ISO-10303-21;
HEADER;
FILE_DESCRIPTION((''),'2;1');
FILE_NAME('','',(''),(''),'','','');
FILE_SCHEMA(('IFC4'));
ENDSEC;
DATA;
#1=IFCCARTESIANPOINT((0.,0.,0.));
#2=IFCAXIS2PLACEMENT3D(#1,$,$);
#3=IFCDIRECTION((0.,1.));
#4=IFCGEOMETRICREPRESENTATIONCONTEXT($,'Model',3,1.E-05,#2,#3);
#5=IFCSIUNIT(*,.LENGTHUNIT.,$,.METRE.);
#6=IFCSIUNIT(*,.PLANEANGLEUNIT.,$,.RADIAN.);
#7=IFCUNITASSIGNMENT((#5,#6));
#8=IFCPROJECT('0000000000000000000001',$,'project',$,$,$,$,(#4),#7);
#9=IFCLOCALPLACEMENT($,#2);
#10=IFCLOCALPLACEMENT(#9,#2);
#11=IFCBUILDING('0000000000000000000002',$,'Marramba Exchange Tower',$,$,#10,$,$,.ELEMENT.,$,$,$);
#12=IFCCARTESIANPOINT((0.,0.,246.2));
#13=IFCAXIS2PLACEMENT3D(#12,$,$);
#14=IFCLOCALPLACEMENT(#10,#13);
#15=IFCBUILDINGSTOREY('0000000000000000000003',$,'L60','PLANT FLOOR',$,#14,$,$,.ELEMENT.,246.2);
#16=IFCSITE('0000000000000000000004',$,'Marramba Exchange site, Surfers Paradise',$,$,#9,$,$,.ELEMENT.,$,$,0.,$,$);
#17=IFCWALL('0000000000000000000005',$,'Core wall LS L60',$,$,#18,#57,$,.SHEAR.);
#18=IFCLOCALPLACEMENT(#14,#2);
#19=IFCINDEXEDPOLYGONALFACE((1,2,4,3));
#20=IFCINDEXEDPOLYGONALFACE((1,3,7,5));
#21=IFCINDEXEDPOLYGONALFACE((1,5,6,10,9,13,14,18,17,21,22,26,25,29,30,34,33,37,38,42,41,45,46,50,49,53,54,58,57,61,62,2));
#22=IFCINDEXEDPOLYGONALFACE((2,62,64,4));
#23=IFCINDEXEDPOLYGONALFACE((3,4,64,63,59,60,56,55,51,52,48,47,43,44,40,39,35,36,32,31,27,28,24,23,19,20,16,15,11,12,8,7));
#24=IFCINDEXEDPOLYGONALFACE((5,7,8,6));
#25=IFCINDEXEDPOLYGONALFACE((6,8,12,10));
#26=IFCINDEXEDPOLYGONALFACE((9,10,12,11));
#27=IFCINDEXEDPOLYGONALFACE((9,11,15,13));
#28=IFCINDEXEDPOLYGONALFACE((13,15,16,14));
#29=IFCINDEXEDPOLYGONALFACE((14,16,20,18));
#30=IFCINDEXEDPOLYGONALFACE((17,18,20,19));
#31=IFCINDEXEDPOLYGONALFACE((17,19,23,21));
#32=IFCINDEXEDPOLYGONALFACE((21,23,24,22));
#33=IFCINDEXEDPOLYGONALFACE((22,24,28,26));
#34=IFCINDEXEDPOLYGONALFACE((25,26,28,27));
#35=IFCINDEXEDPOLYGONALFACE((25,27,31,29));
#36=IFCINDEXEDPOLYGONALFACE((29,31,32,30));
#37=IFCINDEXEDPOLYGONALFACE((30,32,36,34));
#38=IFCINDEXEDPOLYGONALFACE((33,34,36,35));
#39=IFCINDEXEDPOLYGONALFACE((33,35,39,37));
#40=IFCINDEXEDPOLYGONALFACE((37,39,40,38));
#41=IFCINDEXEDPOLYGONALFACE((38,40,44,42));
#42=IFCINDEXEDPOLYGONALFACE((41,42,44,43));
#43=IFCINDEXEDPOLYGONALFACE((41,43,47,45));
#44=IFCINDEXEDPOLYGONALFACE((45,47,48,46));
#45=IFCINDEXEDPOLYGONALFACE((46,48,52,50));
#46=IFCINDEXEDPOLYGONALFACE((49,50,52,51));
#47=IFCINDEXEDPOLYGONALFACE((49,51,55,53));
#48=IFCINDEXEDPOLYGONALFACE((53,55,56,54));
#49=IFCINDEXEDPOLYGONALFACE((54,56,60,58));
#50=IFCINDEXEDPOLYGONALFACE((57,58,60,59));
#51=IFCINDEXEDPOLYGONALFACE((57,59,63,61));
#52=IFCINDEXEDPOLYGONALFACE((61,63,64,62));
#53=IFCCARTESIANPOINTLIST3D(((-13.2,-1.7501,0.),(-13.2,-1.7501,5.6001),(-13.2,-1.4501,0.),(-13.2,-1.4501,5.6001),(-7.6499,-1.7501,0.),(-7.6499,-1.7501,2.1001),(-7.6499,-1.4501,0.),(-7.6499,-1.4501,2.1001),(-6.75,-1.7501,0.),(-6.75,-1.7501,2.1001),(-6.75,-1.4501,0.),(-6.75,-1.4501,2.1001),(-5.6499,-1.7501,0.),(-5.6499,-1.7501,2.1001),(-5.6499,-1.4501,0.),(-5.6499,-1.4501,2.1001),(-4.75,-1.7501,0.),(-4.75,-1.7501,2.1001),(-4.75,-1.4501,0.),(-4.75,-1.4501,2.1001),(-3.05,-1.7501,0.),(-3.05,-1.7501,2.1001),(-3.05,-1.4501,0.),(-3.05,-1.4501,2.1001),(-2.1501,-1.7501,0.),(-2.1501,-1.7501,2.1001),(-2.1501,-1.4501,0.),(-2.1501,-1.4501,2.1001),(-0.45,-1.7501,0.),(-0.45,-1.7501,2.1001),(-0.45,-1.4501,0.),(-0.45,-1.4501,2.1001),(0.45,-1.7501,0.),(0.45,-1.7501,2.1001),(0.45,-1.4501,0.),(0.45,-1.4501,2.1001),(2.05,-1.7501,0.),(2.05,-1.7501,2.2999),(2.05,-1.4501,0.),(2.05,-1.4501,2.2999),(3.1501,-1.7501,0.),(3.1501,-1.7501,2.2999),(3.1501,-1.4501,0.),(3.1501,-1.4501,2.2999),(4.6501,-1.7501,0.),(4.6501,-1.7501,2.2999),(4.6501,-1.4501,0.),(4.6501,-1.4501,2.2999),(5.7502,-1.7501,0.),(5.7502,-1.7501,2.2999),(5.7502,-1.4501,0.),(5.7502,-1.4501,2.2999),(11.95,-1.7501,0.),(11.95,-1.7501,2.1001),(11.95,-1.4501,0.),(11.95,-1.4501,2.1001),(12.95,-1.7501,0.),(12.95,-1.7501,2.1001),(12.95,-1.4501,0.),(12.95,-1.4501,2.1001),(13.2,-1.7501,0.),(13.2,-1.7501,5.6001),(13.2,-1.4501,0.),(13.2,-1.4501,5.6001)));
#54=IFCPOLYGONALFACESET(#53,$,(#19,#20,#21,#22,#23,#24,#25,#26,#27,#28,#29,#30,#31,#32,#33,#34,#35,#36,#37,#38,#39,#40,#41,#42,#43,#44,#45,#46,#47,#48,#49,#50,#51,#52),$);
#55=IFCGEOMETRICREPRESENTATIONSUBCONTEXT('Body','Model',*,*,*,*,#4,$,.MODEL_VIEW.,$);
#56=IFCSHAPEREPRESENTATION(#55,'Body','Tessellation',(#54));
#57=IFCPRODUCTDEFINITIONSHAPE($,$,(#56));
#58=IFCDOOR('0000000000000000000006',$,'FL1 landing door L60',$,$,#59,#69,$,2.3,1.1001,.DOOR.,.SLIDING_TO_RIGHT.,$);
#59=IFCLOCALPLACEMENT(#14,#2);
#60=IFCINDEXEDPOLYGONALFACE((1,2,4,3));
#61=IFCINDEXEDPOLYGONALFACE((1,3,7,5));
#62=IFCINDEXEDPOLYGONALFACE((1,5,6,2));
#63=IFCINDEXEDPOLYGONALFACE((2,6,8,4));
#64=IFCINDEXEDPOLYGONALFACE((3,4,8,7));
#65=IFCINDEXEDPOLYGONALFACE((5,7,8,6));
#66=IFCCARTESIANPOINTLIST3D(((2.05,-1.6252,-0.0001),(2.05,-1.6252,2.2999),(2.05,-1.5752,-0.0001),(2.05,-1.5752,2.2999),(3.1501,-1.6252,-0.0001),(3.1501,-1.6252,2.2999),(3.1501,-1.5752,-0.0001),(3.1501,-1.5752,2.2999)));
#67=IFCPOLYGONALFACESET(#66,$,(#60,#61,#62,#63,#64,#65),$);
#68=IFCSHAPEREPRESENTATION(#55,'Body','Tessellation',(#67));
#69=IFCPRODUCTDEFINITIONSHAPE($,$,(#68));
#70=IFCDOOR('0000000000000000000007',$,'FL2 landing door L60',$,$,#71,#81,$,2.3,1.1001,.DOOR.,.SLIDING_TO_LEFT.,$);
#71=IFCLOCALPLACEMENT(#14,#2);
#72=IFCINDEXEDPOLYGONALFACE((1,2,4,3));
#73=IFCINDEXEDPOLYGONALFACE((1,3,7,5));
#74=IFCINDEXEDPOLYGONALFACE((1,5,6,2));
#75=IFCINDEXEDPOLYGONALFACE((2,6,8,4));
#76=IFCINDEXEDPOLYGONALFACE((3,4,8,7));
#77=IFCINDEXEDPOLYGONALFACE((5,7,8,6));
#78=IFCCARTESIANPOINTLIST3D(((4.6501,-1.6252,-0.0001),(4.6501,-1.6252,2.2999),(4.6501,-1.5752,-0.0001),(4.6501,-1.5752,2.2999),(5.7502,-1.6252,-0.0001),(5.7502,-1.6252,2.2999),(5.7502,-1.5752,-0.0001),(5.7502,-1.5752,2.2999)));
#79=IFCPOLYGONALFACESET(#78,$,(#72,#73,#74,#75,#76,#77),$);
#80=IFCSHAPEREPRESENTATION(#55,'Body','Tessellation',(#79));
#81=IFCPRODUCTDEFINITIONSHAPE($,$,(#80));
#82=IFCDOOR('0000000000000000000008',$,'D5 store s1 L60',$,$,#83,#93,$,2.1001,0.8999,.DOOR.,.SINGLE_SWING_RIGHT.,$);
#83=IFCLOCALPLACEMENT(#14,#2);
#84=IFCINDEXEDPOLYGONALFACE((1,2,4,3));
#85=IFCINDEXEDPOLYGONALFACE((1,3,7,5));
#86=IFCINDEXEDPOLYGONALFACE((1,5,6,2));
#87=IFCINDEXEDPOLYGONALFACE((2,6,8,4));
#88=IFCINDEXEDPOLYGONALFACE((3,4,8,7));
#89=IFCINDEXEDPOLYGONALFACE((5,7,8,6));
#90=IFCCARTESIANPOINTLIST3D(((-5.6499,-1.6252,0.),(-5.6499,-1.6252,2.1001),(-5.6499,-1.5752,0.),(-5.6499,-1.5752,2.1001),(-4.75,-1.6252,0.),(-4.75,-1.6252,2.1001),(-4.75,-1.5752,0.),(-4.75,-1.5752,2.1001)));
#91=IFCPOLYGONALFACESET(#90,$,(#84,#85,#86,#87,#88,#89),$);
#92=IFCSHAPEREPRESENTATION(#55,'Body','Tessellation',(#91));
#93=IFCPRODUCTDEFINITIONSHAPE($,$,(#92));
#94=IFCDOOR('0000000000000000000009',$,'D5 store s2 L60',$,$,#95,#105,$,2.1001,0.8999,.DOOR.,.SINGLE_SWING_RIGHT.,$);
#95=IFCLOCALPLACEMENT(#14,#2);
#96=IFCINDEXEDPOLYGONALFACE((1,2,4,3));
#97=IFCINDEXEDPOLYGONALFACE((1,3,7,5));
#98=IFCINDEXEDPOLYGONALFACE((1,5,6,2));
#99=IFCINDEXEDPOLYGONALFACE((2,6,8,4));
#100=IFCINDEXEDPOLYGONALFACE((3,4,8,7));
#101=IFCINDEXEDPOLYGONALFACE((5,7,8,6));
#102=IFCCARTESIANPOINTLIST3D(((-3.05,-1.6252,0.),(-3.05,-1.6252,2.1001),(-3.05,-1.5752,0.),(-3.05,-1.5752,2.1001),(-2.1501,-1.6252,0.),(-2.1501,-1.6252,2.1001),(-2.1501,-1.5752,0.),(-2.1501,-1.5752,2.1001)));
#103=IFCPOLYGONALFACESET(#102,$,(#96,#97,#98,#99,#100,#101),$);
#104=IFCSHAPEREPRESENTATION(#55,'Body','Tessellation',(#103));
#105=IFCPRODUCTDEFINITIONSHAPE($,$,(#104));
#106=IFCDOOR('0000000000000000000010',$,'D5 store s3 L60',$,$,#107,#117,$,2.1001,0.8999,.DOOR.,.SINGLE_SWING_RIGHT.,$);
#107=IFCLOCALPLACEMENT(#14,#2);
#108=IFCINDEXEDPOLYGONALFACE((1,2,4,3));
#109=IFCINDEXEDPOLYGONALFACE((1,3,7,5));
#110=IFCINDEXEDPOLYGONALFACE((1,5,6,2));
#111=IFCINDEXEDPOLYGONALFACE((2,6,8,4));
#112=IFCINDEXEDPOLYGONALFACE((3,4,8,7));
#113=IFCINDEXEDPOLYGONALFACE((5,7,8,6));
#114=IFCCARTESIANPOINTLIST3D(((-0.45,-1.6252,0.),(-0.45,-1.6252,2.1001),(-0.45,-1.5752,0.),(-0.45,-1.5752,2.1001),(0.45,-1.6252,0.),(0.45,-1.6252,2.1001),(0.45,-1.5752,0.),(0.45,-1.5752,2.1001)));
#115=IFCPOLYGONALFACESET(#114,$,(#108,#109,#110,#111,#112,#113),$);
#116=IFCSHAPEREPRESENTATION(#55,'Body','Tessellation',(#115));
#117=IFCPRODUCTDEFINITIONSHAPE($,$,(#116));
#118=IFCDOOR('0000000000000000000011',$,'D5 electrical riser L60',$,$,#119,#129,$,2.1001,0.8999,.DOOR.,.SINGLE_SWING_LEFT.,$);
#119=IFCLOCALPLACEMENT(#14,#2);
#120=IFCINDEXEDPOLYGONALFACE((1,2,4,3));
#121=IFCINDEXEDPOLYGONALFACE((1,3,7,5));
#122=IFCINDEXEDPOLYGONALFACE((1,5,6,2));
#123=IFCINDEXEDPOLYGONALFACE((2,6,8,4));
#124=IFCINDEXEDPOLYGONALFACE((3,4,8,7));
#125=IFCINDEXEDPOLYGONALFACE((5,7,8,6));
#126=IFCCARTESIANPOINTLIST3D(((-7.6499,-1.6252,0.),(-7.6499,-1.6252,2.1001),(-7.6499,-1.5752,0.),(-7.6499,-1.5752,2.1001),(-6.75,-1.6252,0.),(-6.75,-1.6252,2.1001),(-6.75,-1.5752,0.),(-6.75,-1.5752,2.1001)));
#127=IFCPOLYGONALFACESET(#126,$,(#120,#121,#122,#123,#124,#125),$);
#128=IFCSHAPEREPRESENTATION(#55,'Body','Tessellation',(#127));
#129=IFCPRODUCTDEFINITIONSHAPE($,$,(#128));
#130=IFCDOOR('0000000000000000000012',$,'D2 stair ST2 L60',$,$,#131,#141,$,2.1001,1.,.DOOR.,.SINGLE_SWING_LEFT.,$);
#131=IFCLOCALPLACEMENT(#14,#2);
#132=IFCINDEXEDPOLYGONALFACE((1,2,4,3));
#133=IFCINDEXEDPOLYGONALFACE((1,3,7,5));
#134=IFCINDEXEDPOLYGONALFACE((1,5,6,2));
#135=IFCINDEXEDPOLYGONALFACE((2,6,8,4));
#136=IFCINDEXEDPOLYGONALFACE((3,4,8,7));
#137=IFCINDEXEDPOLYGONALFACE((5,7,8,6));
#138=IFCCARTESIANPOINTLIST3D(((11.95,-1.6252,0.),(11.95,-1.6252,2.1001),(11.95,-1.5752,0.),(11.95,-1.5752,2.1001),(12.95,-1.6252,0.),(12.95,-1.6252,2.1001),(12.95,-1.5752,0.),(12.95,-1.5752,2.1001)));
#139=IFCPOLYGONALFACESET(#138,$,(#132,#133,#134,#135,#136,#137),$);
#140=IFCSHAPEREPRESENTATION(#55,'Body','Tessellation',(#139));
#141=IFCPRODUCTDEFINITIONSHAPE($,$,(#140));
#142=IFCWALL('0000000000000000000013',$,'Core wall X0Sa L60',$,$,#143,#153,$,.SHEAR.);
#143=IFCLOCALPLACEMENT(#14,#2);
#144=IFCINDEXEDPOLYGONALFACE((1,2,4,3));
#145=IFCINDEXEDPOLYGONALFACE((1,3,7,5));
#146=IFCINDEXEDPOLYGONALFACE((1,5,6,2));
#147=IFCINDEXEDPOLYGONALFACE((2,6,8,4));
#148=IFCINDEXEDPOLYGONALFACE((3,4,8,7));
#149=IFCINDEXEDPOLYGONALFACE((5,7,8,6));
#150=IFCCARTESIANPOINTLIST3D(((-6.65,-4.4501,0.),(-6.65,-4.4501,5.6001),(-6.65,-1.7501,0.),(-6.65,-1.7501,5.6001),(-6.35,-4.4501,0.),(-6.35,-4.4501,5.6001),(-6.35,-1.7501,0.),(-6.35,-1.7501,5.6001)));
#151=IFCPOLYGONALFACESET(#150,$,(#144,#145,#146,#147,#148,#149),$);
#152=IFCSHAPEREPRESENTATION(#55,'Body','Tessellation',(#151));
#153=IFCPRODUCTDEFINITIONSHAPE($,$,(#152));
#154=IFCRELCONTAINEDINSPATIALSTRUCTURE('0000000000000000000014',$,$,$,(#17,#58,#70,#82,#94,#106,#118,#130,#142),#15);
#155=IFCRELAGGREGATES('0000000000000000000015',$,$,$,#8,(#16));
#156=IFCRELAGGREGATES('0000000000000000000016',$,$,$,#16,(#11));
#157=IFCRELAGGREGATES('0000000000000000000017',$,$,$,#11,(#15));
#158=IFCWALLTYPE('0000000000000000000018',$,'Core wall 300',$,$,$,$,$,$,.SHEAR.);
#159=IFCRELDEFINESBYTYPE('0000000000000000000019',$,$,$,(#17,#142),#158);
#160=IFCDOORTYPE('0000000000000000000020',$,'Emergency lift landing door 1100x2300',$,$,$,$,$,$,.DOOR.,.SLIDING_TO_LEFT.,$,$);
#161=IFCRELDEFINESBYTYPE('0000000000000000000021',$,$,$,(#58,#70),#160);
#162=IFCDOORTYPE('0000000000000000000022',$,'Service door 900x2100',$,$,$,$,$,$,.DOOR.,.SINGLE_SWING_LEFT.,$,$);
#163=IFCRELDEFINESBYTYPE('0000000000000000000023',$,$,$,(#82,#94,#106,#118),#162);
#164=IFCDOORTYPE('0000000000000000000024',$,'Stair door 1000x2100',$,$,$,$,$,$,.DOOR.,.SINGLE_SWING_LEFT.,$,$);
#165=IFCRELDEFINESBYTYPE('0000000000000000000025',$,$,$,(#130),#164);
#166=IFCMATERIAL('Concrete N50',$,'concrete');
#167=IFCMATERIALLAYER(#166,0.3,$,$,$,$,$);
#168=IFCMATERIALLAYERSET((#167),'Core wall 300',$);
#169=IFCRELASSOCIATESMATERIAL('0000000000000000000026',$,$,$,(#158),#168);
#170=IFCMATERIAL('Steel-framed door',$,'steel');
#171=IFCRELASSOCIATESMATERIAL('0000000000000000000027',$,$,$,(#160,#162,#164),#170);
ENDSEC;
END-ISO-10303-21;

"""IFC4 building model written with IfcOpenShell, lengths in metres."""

from ifc_helpers import new_model, si_unit, direction, frame, frame_2d, origin, place, context, subcontext, project, spatial, rectangle, extrude, material, layer, layer_set, type_object, element, fill, save


model = new_model("IFC4")

# Units and contexts
model_context = context("Model", 3, precision=1e-05, world=origin(), true_north=direction((0.0, 1.0)))
body_context = subcontext(model_context, "Body", "Model", "MODEL_VIEW")
ifc_project = project(units=[si_unit("LENGTHUNIT", "METRE"), si_unit("PLANEANGLEUNIT", "RADIAN")], contexts=[model_context])

# Site, building, storey
site_placement = place(None, origin())
site = spatial("IfcSite", under=ifc_project, at=site_placement, Name="Marramba Exchange site, Surfers Paradise", CompositionType="ELEMENT", RefElevation=0.0)
building_placement = place(site_placement, origin())
building = spatial("IfcBuilding", under=site, at=building_placement, Name="Marramba Exchange Tower", CompositionType="ELEMENT")
storey_placement = place(building_placement, frame((0.0, 0.0, 246.2)))
storey = spatial("IfcBuildingStorey", under=building, at=storey_placement, Name="L60", Description="PLANT FLOOR", CompositionType="ELEMENT", Elevation=246.2)

# Shared definitions
ifc_material_1 = material(Name="Concrete N50", Category="concrete")

# Wall, openings, doors
ifc_layer_1 = layer(ifc_material_1, 0.3)
ifc_layer_set_1 = layer_set([ifc_layer_1], Name="Core wall 300")
wall_type_1 = type_object("IfcWallType", Name="Core wall 300", PredefinedType="SHEAR", material=ifc_layer_set_1)
wall_1_placement = place(storey_placement, frame((-13.2, -1.6001, 0.0), z_axis=(0.0, 0.0, 1.0), x_axis=(1.0, 0.0, 0.0)))
wall_1 = element("IfcWall", 1, at=wall_1_placement, inside=storey, type_object=wall_type_1, Name="Core wall LS L60", PredefinedType="SHEAR", context=body_context, shape_type="SweptSolid", body=[
    extrude(rectangle(XDim=26.3999, YDim=0.3, at=frame_2d((13.2, 0.0))), origin(), (0.0, 0.0, 1.0), 5.6001),
])
opening_1_placement = place(wall_1_placement, frame((25.1499, 0.0, 0.0)))
opening_1 = element("IfcOpeningElement", 2, at=opening_1_placement, cuts=wall_1, PredefinedType="OPENING", context=body_context, shape_type="SweptSolid", body=[
    extrude(rectangle(XDim=1.0, YDim=2.1001, at=frame_2d((0.5, 1.05))), frame((0.0, 0.1599, 0.0), z_axis=(0.0, -1.0, 0.0), x_axis=(1.0, 0.0, 0.0)), (0.0, 0.0, 1.0), 0.3201),
])
opening_2_placement = place(wall_1_placement, frame((7.55, 0.0, 0.0)))
opening_2 = element("IfcOpeningElement", 3, at=opening_2_placement, cuts=wall_1, PredefinedType="OPENING", context=body_context, shape_type="SweptSolid", body=[
    extrude(rectangle(XDim=0.8999, YDim=2.1001, at=frame_2d((0.45, 1.05))), frame((0.0, 0.1599, 0.0), z_axis=(0.0, -1.0, 0.0), x_axis=(1.0, 0.0, 0.0)), (0.0, 0.0, 1.0), 0.3201),
])
opening_3_placement = place(wall_1_placement, frame((10.1499, 0.0, 0.0)))
opening_3 = element("IfcOpeningElement", 4, at=opening_3_placement, cuts=wall_1, PredefinedType="OPENING", context=body_context, shape_type="SweptSolid", body=[
    extrude(rectangle(XDim=0.8999, YDim=2.1001, at=frame_2d((0.45, 1.05))), frame((0.0, 0.1599, 0.0), z_axis=(0.0, -1.0, 0.0), x_axis=(1.0, 0.0, 0.0)), (0.0, 0.0, 1.0), 0.3201),
])
opening_4_placement = place(wall_1_placement, frame((12.75, 0.0, 0.0)))
opening_4 = element("IfcOpeningElement", 5, at=opening_4_placement, cuts=wall_1, PredefinedType="OPENING", context=body_context, shape_type="SweptSolid", body=[
    extrude(rectangle(XDim=0.8999, YDim=2.1001, at=frame_2d((0.45, 1.05))), frame((0.0, 0.1599, 0.0), z_axis=(0.0, -1.0, 0.0), x_axis=(1.0, 0.0, 0.0)), (0.0, 0.0, 1.0), 0.3201),
])
opening_5_placement = place(wall_1_placement, frame((15.25, 0.0, 0.0)))
opening_5 = element("IfcOpeningElement", 6, at=opening_5_placement, cuts=wall_1, PredefinedType="OPENING", context=body_context, shape_type="SweptSolid", body=[
    extrude(rectangle(XDim=1.1001, YDim=2.3, at=frame_2d((0.55, 1.1499))), frame((0.0, 0.1599, 0.0), z_axis=(0.0, -1.0, 0.0), x_axis=(1.0, 0.0, 0.0)), (0.0, 0.0, 1.0), 0.3201),
])
opening_6_placement = place(wall_1_placement, frame((17.8501, 0.0, 0.0)))
opening_6 = element("IfcOpeningElement", 7, at=opening_6_placement, cuts=wall_1, PredefinedType="OPENING", context=body_context, shape_type="SweptSolid", body=[
    extrude(rectangle(XDim=1.1001, YDim=2.3, at=frame_2d((0.55, 1.1499))), frame((0.0, 0.1599, 0.0), z_axis=(0.0, -1.0, 0.0), x_axis=(1.0, 0.0, 0.0)), (0.0, 0.0, 1.0), 0.3201),
])
opening_7_placement = place(wall_1_placement, frame((5.55, 0.0, 0.0)))
opening_7 = element("IfcOpeningElement", 8, at=opening_7_placement, cuts=wall_1, PredefinedType="OPENING", context=body_context, shape_type="SweptSolid", body=[
    extrude(rectangle(XDim=0.8999, YDim=2.1001, at=frame_2d((0.45, 1.05))), frame((0.0, 0.1599, 0.0), z_axis=(0.0, -1.0, 0.0), x_axis=(1.0, 0.0, 0.0)), (0.0, 0.0, 1.0), 0.3201),
])
ifc_material_2 = material(Name="Steel-framed door", Category="steel")
door_type_1 = type_object("IfcDoorType", Name="Emergency lift landing door 1100x2300", OperationType="SLIDING_TO_LEFT", PredefinedType="DOOR", material=ifc_material_2)
door_1_placement = place(opening_5_placement, frame((1.1001, 0.0, 0.0), z_axis=(0.0, 0.0, 1.0), x_axis=(-1.0, 0.0, 0.0)))
door_1 = element("IfcDoor", 9, at=door_1_placement, inside=storey, type_object=door_type_1, Name="FL1 landing door L60", OperationType="SLIDING_TO_RIGHT", OverallHeight=2.3, OverallWidth=1.1001, PredefinedType="DOOR", context=body_context, shape_type="SweptSolid", body=[
    extrude(rectangle(XDim=1.1001, YDim=2.3, at=frame_2d((0.55, 1.1499))), frame((0.0, 0.0251, 0.0), z_axis=(0.0, -1.0, 0.0), x_axis=(1.0, 0.0, 0.0)), (0.0, 0.0, 1.0), 0.05),
])
fill(opening_5, door_1)
door_2_placement = place(opening_6_placement, frame((1.1001, 0.0, 0.0), z_axis=(0.0, 0.0, 1.0), x_axis=(-1.0, 0.0, 0.0)))
door_2 = element("IfcDoor", 10, at=door_2_placement, inside=storey, type_object=door_type_1, Name="FL2 landing door L60", OperationType="SLIDING_TO_LEFT", OverallHeight=2.3, OverallWidth=1.1001, PredefinedType="DOOR", context=body_context, shape_type="SweptSolid", body=[
    extrude(rectangle(XDim=1.1001, YDim=2.3, at=frame_2d((0.55, 1.1499))), frame((0.0, 0.0251, 0.0), z_axis=(0.0, -1.0, 0.0), x_axis=(1.0, 0.0, 0.0)), (0.0, 0.0, 1.0), 0.05),
])
fill(opening_6, door_2)
door_type_2 = type_object("IfcDoorType", Name="Service door 900x2100", OperationType="SINGLE_SWING_LEFT", PredefinedType="DOOR", material=ifc_material_2)
door_3_placement = place(opening_2_placement, frame((0.8999, 0.0, 0.0), z_axis=(0.0, 0.0, 1.0), x_axis=(-1.0, 0.0, 0.0)))
door_3 = element("IfcDoor", 11, at=door_3_placement, inside=storey, type_object=door_type_2, Name="D5 store s1 L60", OperationType="SINGLE_SWING_RIGHT", OverallHeight=2.1001, OverallWidth=0.8999, PredefinedType="DOOR", context=body_context, shape_type="SweptSolid", body=[
    extrude(rectangle(XDim=0.8999, YDim=2.1001, at=frame_2d((0.45, 1.05))), frame((0.0, 0.0251, 0.0), z_axis=(0.0, -1.0, 0.0), x_axis=(1.0, 0.0, 0.0)), (0.0, 0.0, 1.0), 0.05),
])
fill(opening_2, door_3)
door_4_placement = place(opening_3_placement, frame((0.8999, 0.0, 0.0), z_axis=(0.0, 0.0, 1.0), x_axis=(-1.0, 0.0, 0.0)))
door_4 = element("IfcDoor", 12, at=door_4_placement, inside=storey, type_object=door_type_2, Name="D5 store s2 L60", OperationType="SINGLE_SWING_RIGHT", OverallHeight=2.1001, OverallWidth=0.8999, PredefinedType="DOOR", context=body_context, shape_type="SweptSolid", body=[
    extrude(rectangle(XDim=0.8999, YDim=2.1001, at=frame_2d((0.45, 1.05))), frame((0.0, 0.0251, 0.0), z_axis=(0.0, -1.0, 0.0), x_axis=(1.0, 0.0, 0.0)), (0.0, 0.0, 1.0), 0.05),
])
fill(opening_3, door_4)
door_5_placement = place(opening_4_placement, frame((0.8999, 0.0, 0.0), z_axis=(0.0, 0.0, 1.0), x_axis=(-1.0, 0.0, 0.0)))
door_5 = element("IfcDoor", 13, at=door_5_placement, inside=storey, type_object=door_type_2, Name="D5 store s3 L60", OperationType="SINGLE_SWING_RIGHT", OverallHeight=2.1001, OverallWidth=0.8999, PredefinedType="DOOR", context=body_context, shape_type="SweptSolid", body=[
    extrude(rectangle(XDim=0.8999, YDim=2.1001, at=frame_2d((0.45, 1.05))), frame((0.0, 0.0251, 0.0), z_axis=(0.0, -1.0, 0.0), x_axis=(1.0, 0.0, 0.0)), (0.0, 0.0, 1.0), 0.05),
])
fill(opening_4, door_5)
door_6_placement = place(opening_7_placement, frame((0.8999, 0.0, 0.0), z_axis=(0.0, 0.0, 1.0), x_axis=(-1.0, 0.0, 0.0)))
door_6 = element("IfcDoor", 14, at=door_6_placement, inside=storey, type_object=door_type_2, Name="D5 electrical riser L60", OperationType="SINGLE_SWING_LEFT", OverallHeight=2.1001, OverallWidth=0.8999, PredefinedType="DOOR", context=body_context, shape_type="SweptSolid", body=[
    extrude(rectangle(XDim=0.8999, YDim=2.1001, at=frame_2d((0.45, 1.05))), frame((0.0, 0.0251, 0.0), z_axis=(0.0, -1.0, 0.0), x_axis=(1.0, 0.0, 0.0)), (0.0, 0.0, 1.0), 0.05),
])
fill(opening_7, door_6)
door_type_3 = type_object("IfcDoorType", Name="Stair door 1000x2100", OperationType="SINGLE_SWING_LEFT", PredefinedType="DOOR", material=ifc_material_2)
door_7_placement = place(opening_1_placement, frame((1.0, 0.0, 0.0), z_axis=(0.0, 0.0, 1.0), x_axis=(-1.0, 0.0, 0.0)))
door_7 = element("IfcDoor", 15, at=door_7_placement, inside=storey, type_object=door_type_3, Name="D2 stair ST2 L60", OperationType="SINGLE_SWING_LEFT", OverallHeight=2.1001, OverallWidth=1.0, PredefinedType="DOOR", context=body_context, shape_type="SweptSolid", body=[
    extrude(rectangle(XDim=1.0, YDim=2.1001, at=frame_2d((0.5, 1.05))), frame((0.0, 0.0251, 0.0), z_axis=(0.0, -1.0, 0.0), x_axis=(1.0, 0.0, 0.0)), (0.0, 0.0, 1.0), 0.05),
])
fill(opening_1, door_7)

# Wall
wall_2_placement = place(storey_placement, frame((-6.5, -1.75, 0.0), z_axis=(0.0, 0.0, 1.0), x_axis=(0.0, -1.0, 0.0)))
element("IfcWall", 16, at=wall_2_placement, inside=storey, type_object=wall_type_1, Name="Core wall X0Sa L60", PredefinedType="SHEAR", context=body_context, shape_type="SweptSolid", body=[
    extrude(rectangle(XDim=2.7, YDim=0.3, at=frame_2d((1.3501, 0.0))), origin(), (0.0, 0.0, 1.0), 5.6001),
])

save(model, "model.ifc")
